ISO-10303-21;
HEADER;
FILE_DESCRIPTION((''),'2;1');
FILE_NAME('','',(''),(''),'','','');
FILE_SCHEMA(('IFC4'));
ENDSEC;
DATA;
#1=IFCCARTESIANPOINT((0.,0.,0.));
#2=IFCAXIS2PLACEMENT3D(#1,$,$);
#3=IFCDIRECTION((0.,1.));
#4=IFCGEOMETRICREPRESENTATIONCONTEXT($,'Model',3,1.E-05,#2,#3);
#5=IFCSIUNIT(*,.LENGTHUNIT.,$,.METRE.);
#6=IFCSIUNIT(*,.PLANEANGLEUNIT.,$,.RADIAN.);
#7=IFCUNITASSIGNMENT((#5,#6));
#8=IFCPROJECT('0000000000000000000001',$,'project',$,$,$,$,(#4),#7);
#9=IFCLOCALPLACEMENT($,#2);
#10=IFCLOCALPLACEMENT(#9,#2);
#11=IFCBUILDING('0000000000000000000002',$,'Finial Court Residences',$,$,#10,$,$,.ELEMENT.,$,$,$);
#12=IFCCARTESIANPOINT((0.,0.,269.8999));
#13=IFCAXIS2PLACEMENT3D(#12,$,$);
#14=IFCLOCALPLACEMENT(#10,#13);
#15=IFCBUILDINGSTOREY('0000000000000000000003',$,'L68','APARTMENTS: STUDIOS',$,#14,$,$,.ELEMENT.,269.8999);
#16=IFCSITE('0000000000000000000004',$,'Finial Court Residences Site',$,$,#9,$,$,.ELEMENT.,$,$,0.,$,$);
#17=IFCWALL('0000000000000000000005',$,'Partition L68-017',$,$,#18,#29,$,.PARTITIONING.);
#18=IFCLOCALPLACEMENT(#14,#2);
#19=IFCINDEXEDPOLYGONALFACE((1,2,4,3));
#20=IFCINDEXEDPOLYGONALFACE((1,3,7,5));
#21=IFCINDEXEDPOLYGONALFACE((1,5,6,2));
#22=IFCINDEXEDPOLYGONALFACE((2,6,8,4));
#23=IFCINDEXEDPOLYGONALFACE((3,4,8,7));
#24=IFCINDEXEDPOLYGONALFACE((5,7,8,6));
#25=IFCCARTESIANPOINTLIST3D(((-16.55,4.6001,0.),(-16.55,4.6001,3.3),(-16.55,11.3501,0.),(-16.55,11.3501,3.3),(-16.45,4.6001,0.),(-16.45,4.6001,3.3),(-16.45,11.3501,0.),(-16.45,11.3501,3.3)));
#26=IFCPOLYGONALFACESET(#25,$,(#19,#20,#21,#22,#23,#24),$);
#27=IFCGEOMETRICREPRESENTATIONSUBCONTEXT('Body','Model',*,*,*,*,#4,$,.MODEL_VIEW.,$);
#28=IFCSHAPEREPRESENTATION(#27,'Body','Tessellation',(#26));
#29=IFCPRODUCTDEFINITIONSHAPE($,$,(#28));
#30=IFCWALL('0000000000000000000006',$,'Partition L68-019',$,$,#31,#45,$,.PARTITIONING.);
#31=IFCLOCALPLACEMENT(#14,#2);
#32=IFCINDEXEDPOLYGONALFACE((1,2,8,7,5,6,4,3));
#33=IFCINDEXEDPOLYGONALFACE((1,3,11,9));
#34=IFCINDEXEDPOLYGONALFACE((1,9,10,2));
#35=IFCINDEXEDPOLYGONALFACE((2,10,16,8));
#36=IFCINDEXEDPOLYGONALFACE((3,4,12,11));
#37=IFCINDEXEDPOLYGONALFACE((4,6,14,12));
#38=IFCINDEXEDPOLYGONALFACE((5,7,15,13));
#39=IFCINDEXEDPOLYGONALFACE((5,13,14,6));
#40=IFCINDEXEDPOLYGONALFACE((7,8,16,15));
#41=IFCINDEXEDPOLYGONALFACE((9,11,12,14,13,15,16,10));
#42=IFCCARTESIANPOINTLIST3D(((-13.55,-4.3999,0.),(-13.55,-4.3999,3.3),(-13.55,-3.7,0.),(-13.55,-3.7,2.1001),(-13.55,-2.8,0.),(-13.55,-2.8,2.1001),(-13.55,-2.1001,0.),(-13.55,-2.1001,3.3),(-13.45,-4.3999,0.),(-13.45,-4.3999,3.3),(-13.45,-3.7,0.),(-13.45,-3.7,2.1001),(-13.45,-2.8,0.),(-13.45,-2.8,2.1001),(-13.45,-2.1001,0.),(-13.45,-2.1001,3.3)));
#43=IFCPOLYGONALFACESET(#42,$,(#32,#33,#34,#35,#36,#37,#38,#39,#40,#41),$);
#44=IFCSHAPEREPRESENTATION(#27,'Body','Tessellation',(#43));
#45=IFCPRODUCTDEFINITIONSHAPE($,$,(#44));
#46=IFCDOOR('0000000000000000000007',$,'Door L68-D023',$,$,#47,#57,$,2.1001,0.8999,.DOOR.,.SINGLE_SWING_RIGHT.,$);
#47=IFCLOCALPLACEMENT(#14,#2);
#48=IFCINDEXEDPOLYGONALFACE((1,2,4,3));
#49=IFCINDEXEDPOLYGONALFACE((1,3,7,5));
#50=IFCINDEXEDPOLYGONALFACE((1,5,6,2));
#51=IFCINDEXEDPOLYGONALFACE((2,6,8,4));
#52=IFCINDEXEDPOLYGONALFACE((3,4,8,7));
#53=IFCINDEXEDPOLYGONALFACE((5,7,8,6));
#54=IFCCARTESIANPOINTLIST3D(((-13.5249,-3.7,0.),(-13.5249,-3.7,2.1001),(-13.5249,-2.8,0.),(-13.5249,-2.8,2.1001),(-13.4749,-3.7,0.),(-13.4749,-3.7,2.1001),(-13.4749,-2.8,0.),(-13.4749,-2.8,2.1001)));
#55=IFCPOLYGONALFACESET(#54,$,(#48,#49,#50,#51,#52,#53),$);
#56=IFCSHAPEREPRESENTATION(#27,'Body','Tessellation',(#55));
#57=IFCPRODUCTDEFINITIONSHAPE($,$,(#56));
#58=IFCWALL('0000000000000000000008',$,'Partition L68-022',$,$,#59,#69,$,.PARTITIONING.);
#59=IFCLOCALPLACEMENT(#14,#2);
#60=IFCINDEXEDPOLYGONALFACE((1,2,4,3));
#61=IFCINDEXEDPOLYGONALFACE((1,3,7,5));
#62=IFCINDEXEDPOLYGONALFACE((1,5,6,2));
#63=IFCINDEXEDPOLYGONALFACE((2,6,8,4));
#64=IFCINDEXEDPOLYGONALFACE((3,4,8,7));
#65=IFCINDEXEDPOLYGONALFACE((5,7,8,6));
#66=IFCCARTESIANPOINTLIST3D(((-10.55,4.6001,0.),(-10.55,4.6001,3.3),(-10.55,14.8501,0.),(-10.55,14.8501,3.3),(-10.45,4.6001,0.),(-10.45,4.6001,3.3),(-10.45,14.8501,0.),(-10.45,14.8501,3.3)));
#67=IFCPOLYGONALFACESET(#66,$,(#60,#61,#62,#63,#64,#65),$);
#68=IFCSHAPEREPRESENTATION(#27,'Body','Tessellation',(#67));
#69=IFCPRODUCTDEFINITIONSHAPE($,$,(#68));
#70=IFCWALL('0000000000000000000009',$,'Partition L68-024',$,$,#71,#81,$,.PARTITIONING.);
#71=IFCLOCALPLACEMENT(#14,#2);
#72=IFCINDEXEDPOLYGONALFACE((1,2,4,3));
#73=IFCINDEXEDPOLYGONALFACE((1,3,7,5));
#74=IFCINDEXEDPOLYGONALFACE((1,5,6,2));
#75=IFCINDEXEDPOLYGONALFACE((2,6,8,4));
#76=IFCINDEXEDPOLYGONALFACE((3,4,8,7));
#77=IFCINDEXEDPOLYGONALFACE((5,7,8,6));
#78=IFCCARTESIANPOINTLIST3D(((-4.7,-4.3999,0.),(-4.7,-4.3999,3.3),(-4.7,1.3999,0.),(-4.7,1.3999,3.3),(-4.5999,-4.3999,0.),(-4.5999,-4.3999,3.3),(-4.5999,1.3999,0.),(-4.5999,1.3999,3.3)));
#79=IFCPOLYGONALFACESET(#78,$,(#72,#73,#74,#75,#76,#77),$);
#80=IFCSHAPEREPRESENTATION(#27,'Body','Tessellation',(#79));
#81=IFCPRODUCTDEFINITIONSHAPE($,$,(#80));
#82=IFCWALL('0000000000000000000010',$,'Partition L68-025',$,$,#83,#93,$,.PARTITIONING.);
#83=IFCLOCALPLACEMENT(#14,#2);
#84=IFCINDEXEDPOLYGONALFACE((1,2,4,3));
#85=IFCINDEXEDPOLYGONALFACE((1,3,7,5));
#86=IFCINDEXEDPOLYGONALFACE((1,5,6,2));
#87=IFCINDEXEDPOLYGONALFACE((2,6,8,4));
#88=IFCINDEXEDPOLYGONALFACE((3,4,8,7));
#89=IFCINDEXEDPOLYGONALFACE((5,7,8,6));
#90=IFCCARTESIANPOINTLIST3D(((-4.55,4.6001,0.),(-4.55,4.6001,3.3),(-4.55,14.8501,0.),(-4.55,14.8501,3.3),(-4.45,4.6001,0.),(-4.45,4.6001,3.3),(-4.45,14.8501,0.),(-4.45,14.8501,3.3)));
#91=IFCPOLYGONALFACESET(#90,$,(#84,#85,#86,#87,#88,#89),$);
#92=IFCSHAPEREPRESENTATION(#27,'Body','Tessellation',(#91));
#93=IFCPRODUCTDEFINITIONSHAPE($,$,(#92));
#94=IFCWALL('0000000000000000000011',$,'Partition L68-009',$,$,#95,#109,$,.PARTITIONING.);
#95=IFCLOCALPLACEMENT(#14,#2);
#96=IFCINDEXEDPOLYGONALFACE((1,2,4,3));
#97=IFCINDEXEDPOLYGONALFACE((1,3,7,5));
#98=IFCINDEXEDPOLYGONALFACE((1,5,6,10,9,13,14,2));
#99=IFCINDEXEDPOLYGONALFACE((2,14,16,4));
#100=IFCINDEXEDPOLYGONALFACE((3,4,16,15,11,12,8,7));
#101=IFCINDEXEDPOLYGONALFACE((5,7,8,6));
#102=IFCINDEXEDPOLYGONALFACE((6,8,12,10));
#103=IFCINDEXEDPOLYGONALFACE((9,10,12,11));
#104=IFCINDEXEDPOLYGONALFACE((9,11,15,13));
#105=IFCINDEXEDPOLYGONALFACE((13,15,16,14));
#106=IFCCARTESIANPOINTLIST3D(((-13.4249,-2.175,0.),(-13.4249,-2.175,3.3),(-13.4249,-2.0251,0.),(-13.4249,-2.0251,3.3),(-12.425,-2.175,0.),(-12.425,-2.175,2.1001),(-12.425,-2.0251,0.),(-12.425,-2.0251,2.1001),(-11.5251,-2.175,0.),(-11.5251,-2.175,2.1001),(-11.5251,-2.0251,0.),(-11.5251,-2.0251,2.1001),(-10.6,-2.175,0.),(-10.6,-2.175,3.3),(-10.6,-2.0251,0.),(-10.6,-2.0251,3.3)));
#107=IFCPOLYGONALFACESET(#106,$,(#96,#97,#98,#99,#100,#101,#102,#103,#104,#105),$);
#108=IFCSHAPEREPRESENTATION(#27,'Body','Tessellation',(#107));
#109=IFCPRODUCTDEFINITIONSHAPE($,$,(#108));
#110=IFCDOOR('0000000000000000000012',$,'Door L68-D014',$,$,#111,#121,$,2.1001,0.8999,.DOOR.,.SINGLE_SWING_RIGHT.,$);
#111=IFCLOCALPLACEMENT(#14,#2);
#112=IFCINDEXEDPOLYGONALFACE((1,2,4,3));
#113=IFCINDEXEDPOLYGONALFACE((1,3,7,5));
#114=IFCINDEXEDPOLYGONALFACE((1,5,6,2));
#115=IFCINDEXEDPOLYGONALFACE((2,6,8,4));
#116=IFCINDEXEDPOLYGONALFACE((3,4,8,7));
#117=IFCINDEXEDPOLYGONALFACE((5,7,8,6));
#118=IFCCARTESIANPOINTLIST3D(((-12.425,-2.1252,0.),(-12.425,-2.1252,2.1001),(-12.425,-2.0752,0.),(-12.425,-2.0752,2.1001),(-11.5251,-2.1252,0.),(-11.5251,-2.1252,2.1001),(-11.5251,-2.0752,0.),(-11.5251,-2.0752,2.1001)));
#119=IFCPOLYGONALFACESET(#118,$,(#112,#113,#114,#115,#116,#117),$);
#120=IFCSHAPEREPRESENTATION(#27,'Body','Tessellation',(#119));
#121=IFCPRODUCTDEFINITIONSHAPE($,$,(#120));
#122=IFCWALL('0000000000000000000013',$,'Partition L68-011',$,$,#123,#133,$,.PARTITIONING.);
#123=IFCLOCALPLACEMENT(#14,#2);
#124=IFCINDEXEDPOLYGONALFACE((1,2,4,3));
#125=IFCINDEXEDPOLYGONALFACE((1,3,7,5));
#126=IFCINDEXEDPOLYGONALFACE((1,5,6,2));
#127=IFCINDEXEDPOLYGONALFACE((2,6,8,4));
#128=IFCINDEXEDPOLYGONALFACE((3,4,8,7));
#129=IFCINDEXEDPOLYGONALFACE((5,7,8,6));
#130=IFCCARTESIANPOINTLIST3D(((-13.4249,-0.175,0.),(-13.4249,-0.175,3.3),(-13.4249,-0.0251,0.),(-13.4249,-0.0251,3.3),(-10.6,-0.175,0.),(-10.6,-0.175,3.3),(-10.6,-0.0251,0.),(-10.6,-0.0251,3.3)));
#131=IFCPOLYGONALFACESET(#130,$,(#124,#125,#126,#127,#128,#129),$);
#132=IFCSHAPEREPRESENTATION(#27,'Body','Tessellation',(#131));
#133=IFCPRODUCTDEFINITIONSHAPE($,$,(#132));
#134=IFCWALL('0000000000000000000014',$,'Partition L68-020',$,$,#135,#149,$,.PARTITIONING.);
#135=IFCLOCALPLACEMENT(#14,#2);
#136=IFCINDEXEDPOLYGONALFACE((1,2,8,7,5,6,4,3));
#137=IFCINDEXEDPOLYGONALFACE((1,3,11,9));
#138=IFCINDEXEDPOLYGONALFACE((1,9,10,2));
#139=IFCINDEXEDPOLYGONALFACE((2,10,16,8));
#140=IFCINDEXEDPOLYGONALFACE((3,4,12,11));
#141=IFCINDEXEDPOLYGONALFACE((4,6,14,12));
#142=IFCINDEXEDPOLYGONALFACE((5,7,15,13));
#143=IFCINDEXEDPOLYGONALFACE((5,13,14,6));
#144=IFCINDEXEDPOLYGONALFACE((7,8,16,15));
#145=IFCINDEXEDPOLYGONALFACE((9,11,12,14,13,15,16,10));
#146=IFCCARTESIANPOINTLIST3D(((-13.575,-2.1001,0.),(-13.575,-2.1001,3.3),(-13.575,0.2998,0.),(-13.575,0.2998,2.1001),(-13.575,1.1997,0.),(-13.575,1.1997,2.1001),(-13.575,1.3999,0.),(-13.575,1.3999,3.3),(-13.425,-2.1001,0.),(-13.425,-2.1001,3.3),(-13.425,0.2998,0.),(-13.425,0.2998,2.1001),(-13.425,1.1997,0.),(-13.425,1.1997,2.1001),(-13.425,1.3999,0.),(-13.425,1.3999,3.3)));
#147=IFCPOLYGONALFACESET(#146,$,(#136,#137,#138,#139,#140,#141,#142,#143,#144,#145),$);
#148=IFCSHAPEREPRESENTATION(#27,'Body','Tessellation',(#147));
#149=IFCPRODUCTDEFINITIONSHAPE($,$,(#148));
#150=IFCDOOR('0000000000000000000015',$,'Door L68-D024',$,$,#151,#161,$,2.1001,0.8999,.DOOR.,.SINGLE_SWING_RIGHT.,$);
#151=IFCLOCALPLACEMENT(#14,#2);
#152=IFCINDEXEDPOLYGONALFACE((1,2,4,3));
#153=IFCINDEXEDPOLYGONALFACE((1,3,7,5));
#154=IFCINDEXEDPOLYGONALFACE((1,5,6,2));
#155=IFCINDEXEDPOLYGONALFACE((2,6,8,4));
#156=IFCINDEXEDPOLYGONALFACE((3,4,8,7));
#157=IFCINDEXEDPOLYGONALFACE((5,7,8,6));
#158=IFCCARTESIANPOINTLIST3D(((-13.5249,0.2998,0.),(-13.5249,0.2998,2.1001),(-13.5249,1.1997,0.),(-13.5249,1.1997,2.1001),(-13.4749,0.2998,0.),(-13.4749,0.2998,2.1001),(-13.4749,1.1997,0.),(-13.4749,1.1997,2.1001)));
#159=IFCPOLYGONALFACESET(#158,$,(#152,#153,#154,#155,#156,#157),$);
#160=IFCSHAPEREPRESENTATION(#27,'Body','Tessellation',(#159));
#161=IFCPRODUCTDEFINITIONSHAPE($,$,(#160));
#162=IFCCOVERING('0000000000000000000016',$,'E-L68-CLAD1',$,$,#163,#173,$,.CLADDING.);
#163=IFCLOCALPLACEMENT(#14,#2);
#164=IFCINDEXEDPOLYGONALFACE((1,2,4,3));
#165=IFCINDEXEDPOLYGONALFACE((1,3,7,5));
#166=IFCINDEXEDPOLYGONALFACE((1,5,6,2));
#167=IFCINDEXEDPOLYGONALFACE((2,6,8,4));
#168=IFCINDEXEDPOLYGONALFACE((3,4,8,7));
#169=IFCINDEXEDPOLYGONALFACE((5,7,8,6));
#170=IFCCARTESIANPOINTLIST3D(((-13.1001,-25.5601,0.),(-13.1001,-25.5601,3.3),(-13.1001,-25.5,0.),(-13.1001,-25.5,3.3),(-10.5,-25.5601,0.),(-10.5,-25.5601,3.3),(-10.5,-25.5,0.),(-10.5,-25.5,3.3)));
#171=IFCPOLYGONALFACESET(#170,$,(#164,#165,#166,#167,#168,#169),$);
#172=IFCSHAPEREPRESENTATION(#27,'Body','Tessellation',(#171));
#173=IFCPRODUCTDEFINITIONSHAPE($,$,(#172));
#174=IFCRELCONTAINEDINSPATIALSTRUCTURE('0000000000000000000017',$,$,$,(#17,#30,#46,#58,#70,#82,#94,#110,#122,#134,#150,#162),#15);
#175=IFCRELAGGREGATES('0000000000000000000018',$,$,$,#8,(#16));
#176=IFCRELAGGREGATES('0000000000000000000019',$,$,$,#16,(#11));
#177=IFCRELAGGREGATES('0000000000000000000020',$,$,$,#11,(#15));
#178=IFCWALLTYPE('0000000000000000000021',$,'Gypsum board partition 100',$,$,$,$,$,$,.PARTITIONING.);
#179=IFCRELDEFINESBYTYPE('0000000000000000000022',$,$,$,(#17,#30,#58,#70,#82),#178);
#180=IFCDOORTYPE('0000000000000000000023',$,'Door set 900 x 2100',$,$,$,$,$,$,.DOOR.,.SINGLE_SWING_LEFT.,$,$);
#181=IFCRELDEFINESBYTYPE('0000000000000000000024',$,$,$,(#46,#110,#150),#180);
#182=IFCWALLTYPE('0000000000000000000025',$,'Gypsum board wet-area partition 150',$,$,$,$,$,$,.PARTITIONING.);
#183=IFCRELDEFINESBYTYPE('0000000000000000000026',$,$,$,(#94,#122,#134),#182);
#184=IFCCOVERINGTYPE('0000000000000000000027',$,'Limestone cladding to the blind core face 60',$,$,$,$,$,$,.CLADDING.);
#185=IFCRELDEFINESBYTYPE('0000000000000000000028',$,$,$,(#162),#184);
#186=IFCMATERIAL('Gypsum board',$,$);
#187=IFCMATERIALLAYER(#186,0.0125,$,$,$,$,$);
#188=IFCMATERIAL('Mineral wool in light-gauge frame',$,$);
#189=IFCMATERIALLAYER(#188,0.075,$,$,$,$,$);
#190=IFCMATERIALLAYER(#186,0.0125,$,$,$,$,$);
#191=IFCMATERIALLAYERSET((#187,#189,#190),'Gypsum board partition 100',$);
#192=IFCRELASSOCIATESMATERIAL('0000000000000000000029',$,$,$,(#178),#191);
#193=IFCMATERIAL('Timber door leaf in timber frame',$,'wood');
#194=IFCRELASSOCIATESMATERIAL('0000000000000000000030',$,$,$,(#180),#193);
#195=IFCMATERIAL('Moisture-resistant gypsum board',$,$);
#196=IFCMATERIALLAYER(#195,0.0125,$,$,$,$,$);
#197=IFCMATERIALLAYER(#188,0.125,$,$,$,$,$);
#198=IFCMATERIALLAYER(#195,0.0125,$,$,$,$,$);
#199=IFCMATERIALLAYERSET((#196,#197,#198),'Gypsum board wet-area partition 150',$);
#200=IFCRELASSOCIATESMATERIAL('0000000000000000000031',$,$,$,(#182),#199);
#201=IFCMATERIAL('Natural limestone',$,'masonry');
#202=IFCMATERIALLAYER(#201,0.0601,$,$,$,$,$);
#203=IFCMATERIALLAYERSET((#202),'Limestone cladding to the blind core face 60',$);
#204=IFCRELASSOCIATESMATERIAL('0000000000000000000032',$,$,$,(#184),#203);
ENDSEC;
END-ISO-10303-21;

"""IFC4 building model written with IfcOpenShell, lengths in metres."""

from ifc_helpers import new_model, si_unit, direction, frame, frame_2d, origin, place, context, subcontext, project, spatial, polyline, rectangle, outline, extrude, material, layer, layer_set, type_object, element, fill, save


model = new_model("IFC4")

# Units and contexts
model_context = context("Model", 3, precision=1e-05, world=origin(), true_north=direction((0.0, 1.0)))
body_context = subcontext(model_context, "Body", "Model", "MODEL_VIEW")
ifc_project = project(units=[si_unit("LENGTHUNIT", "METRE"), si_unit("PLANEANGLEUNIT", "RADIAN")], contexts=[model_context])

# Site, building, storey
site_placement = place(None, origin())
site = spatial("IfcSite", under=ifc_project, at=site_placement, Name="Finial Court Residences Site", CompositionType="ELEMENT", RefElevation=0.0)
building_placement = place(site_placement, origin())
building = spatial("IfcBuilding", under=site, at=building_placement, Name="Finial Court Residences", CompositionType="ELEMENT")
storey_placement = place(building_placement, frame((0.0, 0.0, 269.8999)))
storey = spatial("IfcBuildingStorey", under=building, at=storey_placement, Name="L68", Description="APARTMENTS: STUDIOS", CompositionType="ELEMENT", Elevation=269.8999)

# Wall
ifc_material_1 = material(Name="Gypsum board")
ifc_layer_1 = layer(ifc_material_1, 0.0125)
ifc_material_2 = material(Name="Mineral wool in light-gauge frame")
ifc_layer_2 = layer(ifc_material_2, 0.075)
ifc_layer_3 = layer(ifc_material_1, 0.0125)
ifc_layer_set_1 = layer_set([ifc_layer_1, ifc_layer_2, ifc_layer_3], Name="Gypsum board partition 100")
wall_type_1 = type_object("IfcWallType", Name="Gypsum board partition 100", PredefinedType="PARTITIONING", material=ifc_layer_set_1)
wall_1_placement = place(storey_placement, frame((-16.5, 4.6001, 0.0), z_axis=(0.0, 0.0, 1.0), x_axis=(0.0, 1.0, 0.0)))
element("IfcWall", 1, at=wall_1_placement, inside=storey, type_object=wall_type_1, Name="Partition L68-017", PredefinedType="PARTITIONING", context=body_context, shape_type="SweptSolid", body=[
    extrude(rectangle(XDim=6.75, YDim=0.1001, at=frame_2d((3.375, 0.0))), origin(), (0.0, 0.0, 1.0), 3.3),
])

# Wall, opening, door
wall_2_placement = place(storey_placement, frame((-13.5, -4.3999, 0.0), z_axis=(0.0, 0.0, 1.0), x_axis=(0.0, 1.0, 0.0)))
wall_2 = element("IfcWall", 2, at=wall_2_placement, inside=storey, type_object=wall_type_1, Name="Partition L68-019", PredefinedType="PARTITIONING", context=body_context, shape_type="SweptSolid", body=[
    extrude(rectangle(XDim=2.2998, YDim=0.1001, at=frame_2d((1.1499, 0.0))), origin(), (0.0, 0.0, 1.0), 3.3),
])
opening_1_placement = place(wall_2_placement, frame((0.7, 0.0, 0.0)))
opening_1 = element("IfcOpeningElement", 3, at=opening_1_placement, cuts=wall_2, PredefinedType="OPENING", context=body_context, shape_type="SweptSolid", body=[
    extrude(rectangle(XDim=0.8999, YDim=2.1001, at=frame_2d((0.45, 1.05))), frame((0.0, 0.0601, 0.0), z_axis=(0.0, -1.0, 0.0), x_axis=(1.0, 0.0, 0.0)), (0.0, 0.0, 1.0), 0.1201),
])
ifc_material_3 = material(Name="Timber door leaf in timber frame", Category="wood")
door_type = type_object("IfcDoorType", Name="Door set 900 x 2100", OperationType="SINGLE_SWING_LEFT", PredefinedType="DOOR", material=ifc_material_3)
door_1_placement = place(opening_1_placement, origin())
door_1 = element("IfcDoor", 4, at=door_1_placement, inside=storey, type_object=door_type, Name="Door L68-D023", OperationType="SINGLE_SWING_RIGHT", OverallHeight=2.1001, OverallWidth=0.8999, PredefinedType="DOOR", context=body_context, shape_type="SweptSolid", body=[
    extrude(rectangle(XDim=0.8999, YDim=2.1001, at=frame_2d((0.45, 1.05))), frame((0.0, 0.0249, 0.0), z_axis=(0.0, -1.0, 0.0), x_axis=(1.0, 0.0, 0.0)), (0.0, 0.0, 1.0), 0.05),
])
fill(opening_1, door_1)

# Walls
wall_3_placement = place(storey_placement, frame((-10.5, 4.6001, 0.0), z_axis=(0.0, 0.0, 1.0), x_axis=(0.0, 1.0, 0.0)))
element("IfcWall", 5, at=wall_3_placement, inside=storey, type_object=wall_type_1, Name="Partition L68-022", PredefinedType="PARTITIONING", context=body_context, shape_type="SweptSolid", body=[
    extrude(rectangle(XDim=10.25, YDim=0.1001, at=frame_2d((5.125, 0.0))), origin(), (0.0, 0.0, 1.0), 3.3),
])
wall_4_placement = place(storey_placement, frame((-4.6499, -4.3999, 0.0), z_axis=(0.0, 0.0, 1.0), x_axis=(0.0, 1.0, 0.0)))
element("IfcWall", 6, at=wall_4_placement, inside=storey, type_object=wall_type_1, Name="Partition L68-024", PredefinedType="PARTITIONING", context=body_context, shape_type="SweptSolid", body=[
    extrude(rectangle(XDim=5.7998, YDim=0.1001, at=frame_2d((2.8999, 0.0))), origin(), (0.0, 0.0, 1.0), 3.3),
])
wall_5_placement = place(storey_placement, frame((-4.5, 4.6001, 0.0), z_axis=(0.0, 0.0, 1.0), x_axis=(0.0, 1.0, 0.0)))
element("IfcWall", 7, at=wall_5_placement, inside=storey, type_object=wall_type_1, Name="Partition L68-025", PredefinedType="PARTITIONING", context=body_context, shape_type="SweptSolid", body=[
    extrude(rectangle(XDim=10.25, YDim=0.1001, at=frame_2d((5.125, 0.0))), origin(), (0.0, 0.0, 1.0), 3.3),
])

# Wall, opening, door
ifc_material_4 = material(Name="Moisture-resistant gypsum board")
ifc_layer_4 = layer(ifc_material_4, 0.0125)
ifc_layer_5 = layer(ifc_material_2, 0.125)
ifc_layer_6 = layer(ifc_material_4, 0.0125)
ifc_layer_set_2 = layer_set([ifc_layer_4, ifc_layer_5, ifc_layer_6], Name="Gypsum board wet-area partition 150")
wall_type_2 = type_object("IfcWallType", Name="Gypsum board wet-area partition 150", PredefinedType="PARTITIONING", material=ifc_layer_set_2)
wall_6_placement = place(storey_placement, frame((-13.425, -2.1001, 0.0), z_axis=(0.0, 0.0, 1.0), x_axis=(1.0, 0.0, 0.0)))
wall_6 = element("IfcWall", 8, at=wall_6_placement, inside=storey, type_object=wall_type_2, Name="Partition L68-009", PredefinedType="PARTITIONING", context=body_context, shape_type="SweptSolid", body=[
    extrude(rectangle(XDim=2.825, YDim=0.1499, at=frame_2d((1.4126, 0.0))), origin(), (0.0, 0.0, 1.0), 3.3),
])
opening_2_placement = place(wall_6_placement, frame((1.0, 0.0, 0.0)))
opening_2 = element("IfcOpeningElement", 9, at=opening_2_placement, cuts=wall_6, PredefinedType="OPENING", context=body_context, shape_type="SweptSolid", body=[
    extrude(rectangle(XDim=0.8999, YDim=2.1001, at=frame_2d((0.45, 1.05))), frame((0.0, 0.085, 0.0), z_axis=(0.0, -1.0, 0.0), x_axis=(1.0, 0.0, 0.0)), (0.0, 0.0, 1.0), 0.1699),
])
door_2_placement = place(opening_2_placement, origin())
door_2 = element("IfcDoor", 10, at=door_2_placement, inside=storey, type_object=door_type, Name="Door L68-D014", OperationType="SINGLE_SWING_RIGHT", OverallHeight=2.1001, OverallWidth=0.8999, PredefinedType="DOOR", context=body_context, shape_type="SweptSolid", body=[
    extrude(rectangle(XDim=0.8999, YDim=2.1001, at=frame_2d((0.45, 1.05))), frame((0.0, 0.0249, 0.0), z_axis=(0.0, -1.0, 0.0), x_axis=(1.0, 0.0, 0.0)), (0.0, 0.0, 1.0), 0.05),
])
fill(opening_2, door_2)

# Wall
wall_7_placement = place(storey_placement, frame((-13.425, -0.1001, 0.0), z_axis=(0.0, 0.0, 1.0), x_axis=(1.0, 0.0, 0.0)))
element("IfcWall", 11, at=wall_7_placement, inside=storey, type_object=wall_type_2, Name="Partition L68-011", PredefinedType="PARTITIONING", context=body_context, shape_type="SweptSolid", body=[
    extrude(rectangle(XDim=2.825, YDim=0.1499, at=frame_2d((1.4126, 0.0))), origin(), (0.0, 0.0, 1.0), 3.3),
])

# Wall, opening, door
wall_8_placement = place(storey_placement, frame((-13.5, -2.1001, 0.0), z_axis=(0.0, 0.0, 1.0), x_axis=(0.0, 1.0, 0.0)))
wall_8 = element("IfcWall", 12, at=wall_8_placement, inside=storey, type_object=wall_type_2, Name="Partition L68-020", PredefinedType="PARTITIONING", context=body_context, shape_type="SweptSolid", body=[
    extrude(rectangle(XDim=3.5, YDim=0.1499, at=frame_2d((1.75, 0.0))), origin(), (0.0, 0.0, 1.0), 3.3),
])
opening_3_placement = place(wall_8_placement, frame((2.3999, 0.0, 0.0)))
opening_3 = element("IfcOpeningElement", 13, at=opening_3_placement, cuts=wall_8, PredefinedType="OPENING", context=body_context, shape_type="SweptSolid", body=[
    extrude(rectangle(XDim=0.8999, YDim=2.1001, at=frame_2d((0.45, 1.05))), frame((0.0, 0.085, 0.0), z_axis=(0.0, -1.0, 0.0), x_axis=(1.0, 0.0, 0.0)), (0.0, 0.0, 1.0), 0.1699),
])
door_3_placement = place(opening_3_placement, origin())
door_3 = element("IfcDoor", 14, at=door_3_placement, inside=storey, type_object=door_type, Name="Door L68-D024", OperationType="SINGLE_SWING_RIGHT", OverallHeight=2.1001, OverallWidth=0.8999, PredefinedType="DOOR", context=body_context, shape_type="SweptSolid", body=[
    extrude(rectangle(XDim=0.8999, YDim=2.1001, at=frame_2d((0.45, 1.05))), frame((0.0, 0.0249, 0.0), z_axis=(0.0, -1.0, 0.0), x_axis=(1.0, 0.0, 0.0)), (0.0, 0.0, 1.0), 0.05),
])
fill(opening_3, door_3)

# Covering
ifc_material_5 = material(Name="Natural limestone", Category="masonry")
ifc_layer_7 = layer(ifc_material_5, 0.0601)
ifc_layer_set_3 = layer_set([ifc_layer_7], Name="Limestone cladding to the blind core face 60")
covering_type = type_object("IfcCoveringType", Name="Limestone cladding to the blind core face 60", PredefinedType="CLADDING", material=ifc_layer_set_3)
covering_placement = place(storey_placement, origin())
element("IfcCovering", 15, at=covering_placement, inside=storey, type_object=covering_type, Name="E-L68-CLAD1", PredefinedType="CLADDING", context=body_context, shape_type="SweptSolid", body=[
    extrude(outline(polyline([(-10.5, -25.5601), (-10.5, -25.5), (-13.1001, -25.5), (-13.1001, -25.5601), (-10.5, -25.5601)])), origin(), (0.0, 0.0, 1.0), 3.3),
])

save(model, "model.ifc")
